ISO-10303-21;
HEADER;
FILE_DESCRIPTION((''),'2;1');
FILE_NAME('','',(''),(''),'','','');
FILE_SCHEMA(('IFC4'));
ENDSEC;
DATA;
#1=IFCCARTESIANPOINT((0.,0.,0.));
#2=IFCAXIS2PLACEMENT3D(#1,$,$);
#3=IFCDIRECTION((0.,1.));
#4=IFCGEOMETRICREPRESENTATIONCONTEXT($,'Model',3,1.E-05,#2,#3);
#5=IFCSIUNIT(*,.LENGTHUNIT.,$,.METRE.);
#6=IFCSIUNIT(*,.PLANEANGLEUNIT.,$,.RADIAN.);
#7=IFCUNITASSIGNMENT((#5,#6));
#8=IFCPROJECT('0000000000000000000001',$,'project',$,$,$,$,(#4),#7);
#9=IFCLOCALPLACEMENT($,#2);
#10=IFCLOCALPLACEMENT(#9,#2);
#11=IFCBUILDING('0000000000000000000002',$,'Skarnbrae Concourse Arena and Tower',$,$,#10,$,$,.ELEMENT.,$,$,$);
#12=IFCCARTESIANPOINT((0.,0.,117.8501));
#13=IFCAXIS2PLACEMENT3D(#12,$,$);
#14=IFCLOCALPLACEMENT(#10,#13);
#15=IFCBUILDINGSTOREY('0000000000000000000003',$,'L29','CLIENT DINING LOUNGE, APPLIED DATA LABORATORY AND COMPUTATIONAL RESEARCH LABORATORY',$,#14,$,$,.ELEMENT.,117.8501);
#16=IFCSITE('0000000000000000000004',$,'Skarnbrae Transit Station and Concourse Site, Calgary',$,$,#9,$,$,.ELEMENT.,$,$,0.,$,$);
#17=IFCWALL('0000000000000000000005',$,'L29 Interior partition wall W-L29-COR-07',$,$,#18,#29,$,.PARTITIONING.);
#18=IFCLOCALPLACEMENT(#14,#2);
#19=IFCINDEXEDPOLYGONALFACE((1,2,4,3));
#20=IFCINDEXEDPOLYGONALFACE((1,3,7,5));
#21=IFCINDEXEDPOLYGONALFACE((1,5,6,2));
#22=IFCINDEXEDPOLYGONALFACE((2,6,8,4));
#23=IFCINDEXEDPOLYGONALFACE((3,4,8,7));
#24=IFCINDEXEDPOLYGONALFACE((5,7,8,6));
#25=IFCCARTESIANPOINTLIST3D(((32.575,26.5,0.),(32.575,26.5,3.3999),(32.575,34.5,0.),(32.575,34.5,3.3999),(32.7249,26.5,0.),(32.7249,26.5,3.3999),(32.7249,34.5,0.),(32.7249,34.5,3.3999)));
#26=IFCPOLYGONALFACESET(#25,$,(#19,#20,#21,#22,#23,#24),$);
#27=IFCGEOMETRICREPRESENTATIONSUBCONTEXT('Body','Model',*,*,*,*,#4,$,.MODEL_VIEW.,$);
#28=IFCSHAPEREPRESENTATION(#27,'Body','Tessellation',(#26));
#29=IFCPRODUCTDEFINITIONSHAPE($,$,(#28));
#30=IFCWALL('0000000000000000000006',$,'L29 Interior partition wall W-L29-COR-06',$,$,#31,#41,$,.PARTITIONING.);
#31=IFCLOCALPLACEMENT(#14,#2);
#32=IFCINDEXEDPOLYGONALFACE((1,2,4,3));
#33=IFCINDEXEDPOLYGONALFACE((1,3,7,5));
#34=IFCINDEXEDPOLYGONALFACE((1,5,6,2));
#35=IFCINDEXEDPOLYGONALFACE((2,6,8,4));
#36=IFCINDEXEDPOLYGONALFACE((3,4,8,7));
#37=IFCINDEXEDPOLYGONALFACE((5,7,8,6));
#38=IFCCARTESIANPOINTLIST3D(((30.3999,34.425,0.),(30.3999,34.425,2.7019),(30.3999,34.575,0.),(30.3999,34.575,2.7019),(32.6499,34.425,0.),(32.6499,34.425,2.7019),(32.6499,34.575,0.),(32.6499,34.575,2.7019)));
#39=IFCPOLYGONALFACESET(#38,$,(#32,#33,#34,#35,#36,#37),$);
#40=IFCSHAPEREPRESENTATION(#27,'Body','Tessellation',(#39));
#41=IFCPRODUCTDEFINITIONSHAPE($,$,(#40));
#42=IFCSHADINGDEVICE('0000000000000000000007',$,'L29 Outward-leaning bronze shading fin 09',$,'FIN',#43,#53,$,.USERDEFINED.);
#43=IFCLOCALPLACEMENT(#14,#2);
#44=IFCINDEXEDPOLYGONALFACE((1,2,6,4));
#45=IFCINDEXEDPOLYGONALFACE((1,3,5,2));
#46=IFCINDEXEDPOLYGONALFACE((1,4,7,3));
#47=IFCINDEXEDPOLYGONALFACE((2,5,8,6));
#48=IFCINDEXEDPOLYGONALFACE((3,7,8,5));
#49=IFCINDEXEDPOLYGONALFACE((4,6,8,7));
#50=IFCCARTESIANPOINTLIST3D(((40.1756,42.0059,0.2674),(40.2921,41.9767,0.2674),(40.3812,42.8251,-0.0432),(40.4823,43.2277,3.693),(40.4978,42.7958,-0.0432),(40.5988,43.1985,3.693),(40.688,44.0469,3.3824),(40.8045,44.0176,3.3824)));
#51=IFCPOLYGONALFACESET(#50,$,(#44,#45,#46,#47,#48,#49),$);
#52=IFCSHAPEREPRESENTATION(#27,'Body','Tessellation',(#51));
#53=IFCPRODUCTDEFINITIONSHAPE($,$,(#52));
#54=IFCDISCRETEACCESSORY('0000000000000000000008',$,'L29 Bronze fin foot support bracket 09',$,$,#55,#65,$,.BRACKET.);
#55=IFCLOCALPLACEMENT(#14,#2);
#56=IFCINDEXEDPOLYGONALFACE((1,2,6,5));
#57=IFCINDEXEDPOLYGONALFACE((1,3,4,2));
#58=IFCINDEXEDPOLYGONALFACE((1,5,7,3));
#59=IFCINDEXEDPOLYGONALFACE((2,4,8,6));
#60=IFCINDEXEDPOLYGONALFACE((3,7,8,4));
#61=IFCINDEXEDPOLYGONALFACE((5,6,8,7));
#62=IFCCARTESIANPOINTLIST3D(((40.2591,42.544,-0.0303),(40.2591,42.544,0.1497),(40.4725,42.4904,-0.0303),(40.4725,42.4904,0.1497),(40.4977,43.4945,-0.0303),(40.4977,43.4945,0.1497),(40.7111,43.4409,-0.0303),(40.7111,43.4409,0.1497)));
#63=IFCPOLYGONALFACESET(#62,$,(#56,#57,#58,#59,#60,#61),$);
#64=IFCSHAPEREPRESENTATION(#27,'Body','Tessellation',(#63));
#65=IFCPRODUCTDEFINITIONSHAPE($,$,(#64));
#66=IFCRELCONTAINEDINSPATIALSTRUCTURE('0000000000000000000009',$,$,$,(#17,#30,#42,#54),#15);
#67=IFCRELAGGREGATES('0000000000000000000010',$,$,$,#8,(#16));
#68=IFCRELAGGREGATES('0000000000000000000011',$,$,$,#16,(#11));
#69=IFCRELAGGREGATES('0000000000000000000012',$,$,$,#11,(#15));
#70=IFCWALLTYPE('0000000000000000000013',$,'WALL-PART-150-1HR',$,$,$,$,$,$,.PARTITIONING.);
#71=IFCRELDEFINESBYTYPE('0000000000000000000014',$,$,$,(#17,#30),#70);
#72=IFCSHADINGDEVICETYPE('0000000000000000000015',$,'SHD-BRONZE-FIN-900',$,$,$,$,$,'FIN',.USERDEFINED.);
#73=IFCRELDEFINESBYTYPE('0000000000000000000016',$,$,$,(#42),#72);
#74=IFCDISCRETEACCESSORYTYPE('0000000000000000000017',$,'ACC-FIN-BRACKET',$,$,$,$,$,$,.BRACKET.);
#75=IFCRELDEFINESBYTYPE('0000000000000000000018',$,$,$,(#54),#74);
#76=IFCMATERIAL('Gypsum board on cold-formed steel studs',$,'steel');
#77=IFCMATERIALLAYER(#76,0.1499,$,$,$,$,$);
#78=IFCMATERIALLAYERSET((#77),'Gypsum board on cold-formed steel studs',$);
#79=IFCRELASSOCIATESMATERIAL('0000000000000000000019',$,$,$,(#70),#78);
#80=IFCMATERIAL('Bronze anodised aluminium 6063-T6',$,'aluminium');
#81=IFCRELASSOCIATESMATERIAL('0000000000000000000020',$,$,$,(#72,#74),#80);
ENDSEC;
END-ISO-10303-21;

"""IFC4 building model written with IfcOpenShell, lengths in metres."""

from ifc_helpers import new_model, si_unit, direction, frame, frame_2d, origin, origin_2d, place, context, subcontext, project, spatial, rectangle, extrude, source, transform, mapped, material, layer, layer_set, type_object, element, save


model = new_model("IFC4")

# Units and contexts
model_context = context("Model", 3, precision=1e-05, world=origin(), true_north=direction((0.0, 1.0)))
body_context = subcontext(model_context, "Body", "Model", "MODEL_VIEW")
ifc_project = project(units=[si_unit("LENGTHUNIT", "METRE"), si_unit("PLANEANGLEUNIT", "RADIAN")], contexts=[model_context])

# Site, building, storey
site_placement = place(None, origin())
site = spatial("IfcSite", under=ifc_project, at=site_placement, Name="Skarnbrae Transit Station and Concourse Site, Calgary", CompositionType="ELEMENT", RefElevation=0.0)
building_placement = place(site_placement, origin())
building = spatial("IfcBuilding", under=site, at=building_placement, Name="Skarnbrae Concourse Arena and Tower", CompositionType="ELEMENT")
storey_placement = place(building_placement, frame((0.0, 0.0, 117.8501)))
storey = spatial("IfcBuildingStorey", under=building, at=storey_placement, Name="L29", Description="CLIENT DINING LOUNGE, APPLIED DATA LABORATORY AND COMPUTATIONAL RESEARCH LABORATORY", CompositionType="ELEMENT", Elevation=117.8501)

# Shared definitions
ifc_material_1 = material(Name="Bronze anodised aluminium 6063-T6", Category="aluminium")

# Walls
ifc_material_2 = material(Name="Gypsum board on cold-formed steel studs", Category="steel")
ifc_layer_1 = layer(ifc_material_2, 0.1499)
ifc_layer_set_1 = layer_set([ifc_layer_1], Name="Gypsum board on cold-formed steel studs")
wall_type = type_object("IfcWallType", Name="WALL-PART-150-1HR", PredefinedType="PARTITIONING", material=ifc_layer_set_1)
shared_shape_1 = source(origin(), body_context, "Body", "SweptSolid", [
    extrude(rectangle(XDim=8.0, YDim=0.1499, at=frame_2d((4.0, 0.0))), origin(), (0.0, 0.0, 1.0), 3.3999),
])
wall_1_placement = place(storey_placement, frame((32.6499, 34.5, 0.0), z_axis=(0.0, 0.0, 1.0), x_axis=(0.0, -1.0, 0.0)))
element("IfcWall", 1, at=wall_1_placement, inside=storey, type_object=wall_type, Name="L29 Interior partition wall W-L29-COR-07", PredefinedType="PARTITIONING", context=body_context, shape_type="MappedRepresentation", body=[
    mapped(shared_shape_1, transform((0.0, 0.0, 0.0))),
])
shared_shape_2 = source(origin(), body_context, "Body", "SweptSolid", [
    extrude(rectangle(XDim=2.25, YDim=0.1499, at=frame_2d((1.125, 0.0))), origin(), (0.0, 0.0, 1.0), 2.7019),
])
wall_2_placement = place(storey_placement, frame((30.3999, 34.5, 0.0), z_axis=(0.0, 0.0, 1.0), x_axis=(1.0, 0.0, 0.0)))
element("IfcWall", 2, at=wall_2_placement, inside=storey, type_object=wall_type, Name="L29 Interior partition wall W-L29-COR-06", PredefinedType="PARTITIONING", context=body_context, shape_type="MappedRepresentation", body=[
    mapped(shared_shape_2, transform((0.0, 0.0, 0.0))),
])

# Shading device
shading_device_type = type_object("IfcShadingDeviceType", Name="SHD-BRONZE-FIN-900", ElementType="FIN", PredefinedType="USERDEFINED", material=ifc_material_1)
shared_shape_3 = source(origin(), body_context, "Body", "SweptSolid", [
    extrude(rectangle(XDim=0.1201, YDim=0.8999, at=origin_2d()), origin(), (0.0, 0.0, 1.0), 3.6499),
])
shading_device_placement = place(storey_placement, frame((40.3367, 42.4009, 0.1121), z_axis=(0.084039, 0.334746, 0.938553), x_axis=(0.969902, -0.243497, 0.0)))
element("IfcShadingDevice", 3, at=shading_device_placement, inside=storey, type_object=shading_device_type, Name="L29 Outward-leaning bronze shading fin 09", ObjectType="FIN", PredefinedType="USERDEFINED", context=body_context, shape_type="MappedRepresentation", body=[
    mapped(shared_shape_3, transform((0.0, 0.0, 0.0))),
])

# Discrete accessory
discrete_accessory_type = type_object("IfcDiscreteAccessoryType", Name="ACC-FIN-BRACKET", PredefinedType="BRACKET", material=ifc_material_1)
shared_shape_4 = source(origin(), body_context, "Body", "SweptSolid", [
    extrude(rectangle(XDim=0.22, YDim=0.98, at=origin_2d()), origin(), (0.0, 0.0, 1.0), 0.1799),
])
discrete_accessory_placement = place(storey_placement, frame((40.4851, 42.9924, -0.0303), z_axis=(0.0, 0.0, 1.0), x_axis=(0.969902, -0.243497, 0.0)))
element("IfcDiscreteAccessory", 4, at=discrete_accessory_placement, inside=storey, type_object=discrete_accessory_type, Name="L29 Bronze fin foot support bracket 09", PredefinedType="BRACKET", context=body_context, shape_type="MappedRepresentation", body=[
    mapped(shared_shape_4, transform((0.0, 0.0, 0.0))),
])

save(model, "model.ifc")
